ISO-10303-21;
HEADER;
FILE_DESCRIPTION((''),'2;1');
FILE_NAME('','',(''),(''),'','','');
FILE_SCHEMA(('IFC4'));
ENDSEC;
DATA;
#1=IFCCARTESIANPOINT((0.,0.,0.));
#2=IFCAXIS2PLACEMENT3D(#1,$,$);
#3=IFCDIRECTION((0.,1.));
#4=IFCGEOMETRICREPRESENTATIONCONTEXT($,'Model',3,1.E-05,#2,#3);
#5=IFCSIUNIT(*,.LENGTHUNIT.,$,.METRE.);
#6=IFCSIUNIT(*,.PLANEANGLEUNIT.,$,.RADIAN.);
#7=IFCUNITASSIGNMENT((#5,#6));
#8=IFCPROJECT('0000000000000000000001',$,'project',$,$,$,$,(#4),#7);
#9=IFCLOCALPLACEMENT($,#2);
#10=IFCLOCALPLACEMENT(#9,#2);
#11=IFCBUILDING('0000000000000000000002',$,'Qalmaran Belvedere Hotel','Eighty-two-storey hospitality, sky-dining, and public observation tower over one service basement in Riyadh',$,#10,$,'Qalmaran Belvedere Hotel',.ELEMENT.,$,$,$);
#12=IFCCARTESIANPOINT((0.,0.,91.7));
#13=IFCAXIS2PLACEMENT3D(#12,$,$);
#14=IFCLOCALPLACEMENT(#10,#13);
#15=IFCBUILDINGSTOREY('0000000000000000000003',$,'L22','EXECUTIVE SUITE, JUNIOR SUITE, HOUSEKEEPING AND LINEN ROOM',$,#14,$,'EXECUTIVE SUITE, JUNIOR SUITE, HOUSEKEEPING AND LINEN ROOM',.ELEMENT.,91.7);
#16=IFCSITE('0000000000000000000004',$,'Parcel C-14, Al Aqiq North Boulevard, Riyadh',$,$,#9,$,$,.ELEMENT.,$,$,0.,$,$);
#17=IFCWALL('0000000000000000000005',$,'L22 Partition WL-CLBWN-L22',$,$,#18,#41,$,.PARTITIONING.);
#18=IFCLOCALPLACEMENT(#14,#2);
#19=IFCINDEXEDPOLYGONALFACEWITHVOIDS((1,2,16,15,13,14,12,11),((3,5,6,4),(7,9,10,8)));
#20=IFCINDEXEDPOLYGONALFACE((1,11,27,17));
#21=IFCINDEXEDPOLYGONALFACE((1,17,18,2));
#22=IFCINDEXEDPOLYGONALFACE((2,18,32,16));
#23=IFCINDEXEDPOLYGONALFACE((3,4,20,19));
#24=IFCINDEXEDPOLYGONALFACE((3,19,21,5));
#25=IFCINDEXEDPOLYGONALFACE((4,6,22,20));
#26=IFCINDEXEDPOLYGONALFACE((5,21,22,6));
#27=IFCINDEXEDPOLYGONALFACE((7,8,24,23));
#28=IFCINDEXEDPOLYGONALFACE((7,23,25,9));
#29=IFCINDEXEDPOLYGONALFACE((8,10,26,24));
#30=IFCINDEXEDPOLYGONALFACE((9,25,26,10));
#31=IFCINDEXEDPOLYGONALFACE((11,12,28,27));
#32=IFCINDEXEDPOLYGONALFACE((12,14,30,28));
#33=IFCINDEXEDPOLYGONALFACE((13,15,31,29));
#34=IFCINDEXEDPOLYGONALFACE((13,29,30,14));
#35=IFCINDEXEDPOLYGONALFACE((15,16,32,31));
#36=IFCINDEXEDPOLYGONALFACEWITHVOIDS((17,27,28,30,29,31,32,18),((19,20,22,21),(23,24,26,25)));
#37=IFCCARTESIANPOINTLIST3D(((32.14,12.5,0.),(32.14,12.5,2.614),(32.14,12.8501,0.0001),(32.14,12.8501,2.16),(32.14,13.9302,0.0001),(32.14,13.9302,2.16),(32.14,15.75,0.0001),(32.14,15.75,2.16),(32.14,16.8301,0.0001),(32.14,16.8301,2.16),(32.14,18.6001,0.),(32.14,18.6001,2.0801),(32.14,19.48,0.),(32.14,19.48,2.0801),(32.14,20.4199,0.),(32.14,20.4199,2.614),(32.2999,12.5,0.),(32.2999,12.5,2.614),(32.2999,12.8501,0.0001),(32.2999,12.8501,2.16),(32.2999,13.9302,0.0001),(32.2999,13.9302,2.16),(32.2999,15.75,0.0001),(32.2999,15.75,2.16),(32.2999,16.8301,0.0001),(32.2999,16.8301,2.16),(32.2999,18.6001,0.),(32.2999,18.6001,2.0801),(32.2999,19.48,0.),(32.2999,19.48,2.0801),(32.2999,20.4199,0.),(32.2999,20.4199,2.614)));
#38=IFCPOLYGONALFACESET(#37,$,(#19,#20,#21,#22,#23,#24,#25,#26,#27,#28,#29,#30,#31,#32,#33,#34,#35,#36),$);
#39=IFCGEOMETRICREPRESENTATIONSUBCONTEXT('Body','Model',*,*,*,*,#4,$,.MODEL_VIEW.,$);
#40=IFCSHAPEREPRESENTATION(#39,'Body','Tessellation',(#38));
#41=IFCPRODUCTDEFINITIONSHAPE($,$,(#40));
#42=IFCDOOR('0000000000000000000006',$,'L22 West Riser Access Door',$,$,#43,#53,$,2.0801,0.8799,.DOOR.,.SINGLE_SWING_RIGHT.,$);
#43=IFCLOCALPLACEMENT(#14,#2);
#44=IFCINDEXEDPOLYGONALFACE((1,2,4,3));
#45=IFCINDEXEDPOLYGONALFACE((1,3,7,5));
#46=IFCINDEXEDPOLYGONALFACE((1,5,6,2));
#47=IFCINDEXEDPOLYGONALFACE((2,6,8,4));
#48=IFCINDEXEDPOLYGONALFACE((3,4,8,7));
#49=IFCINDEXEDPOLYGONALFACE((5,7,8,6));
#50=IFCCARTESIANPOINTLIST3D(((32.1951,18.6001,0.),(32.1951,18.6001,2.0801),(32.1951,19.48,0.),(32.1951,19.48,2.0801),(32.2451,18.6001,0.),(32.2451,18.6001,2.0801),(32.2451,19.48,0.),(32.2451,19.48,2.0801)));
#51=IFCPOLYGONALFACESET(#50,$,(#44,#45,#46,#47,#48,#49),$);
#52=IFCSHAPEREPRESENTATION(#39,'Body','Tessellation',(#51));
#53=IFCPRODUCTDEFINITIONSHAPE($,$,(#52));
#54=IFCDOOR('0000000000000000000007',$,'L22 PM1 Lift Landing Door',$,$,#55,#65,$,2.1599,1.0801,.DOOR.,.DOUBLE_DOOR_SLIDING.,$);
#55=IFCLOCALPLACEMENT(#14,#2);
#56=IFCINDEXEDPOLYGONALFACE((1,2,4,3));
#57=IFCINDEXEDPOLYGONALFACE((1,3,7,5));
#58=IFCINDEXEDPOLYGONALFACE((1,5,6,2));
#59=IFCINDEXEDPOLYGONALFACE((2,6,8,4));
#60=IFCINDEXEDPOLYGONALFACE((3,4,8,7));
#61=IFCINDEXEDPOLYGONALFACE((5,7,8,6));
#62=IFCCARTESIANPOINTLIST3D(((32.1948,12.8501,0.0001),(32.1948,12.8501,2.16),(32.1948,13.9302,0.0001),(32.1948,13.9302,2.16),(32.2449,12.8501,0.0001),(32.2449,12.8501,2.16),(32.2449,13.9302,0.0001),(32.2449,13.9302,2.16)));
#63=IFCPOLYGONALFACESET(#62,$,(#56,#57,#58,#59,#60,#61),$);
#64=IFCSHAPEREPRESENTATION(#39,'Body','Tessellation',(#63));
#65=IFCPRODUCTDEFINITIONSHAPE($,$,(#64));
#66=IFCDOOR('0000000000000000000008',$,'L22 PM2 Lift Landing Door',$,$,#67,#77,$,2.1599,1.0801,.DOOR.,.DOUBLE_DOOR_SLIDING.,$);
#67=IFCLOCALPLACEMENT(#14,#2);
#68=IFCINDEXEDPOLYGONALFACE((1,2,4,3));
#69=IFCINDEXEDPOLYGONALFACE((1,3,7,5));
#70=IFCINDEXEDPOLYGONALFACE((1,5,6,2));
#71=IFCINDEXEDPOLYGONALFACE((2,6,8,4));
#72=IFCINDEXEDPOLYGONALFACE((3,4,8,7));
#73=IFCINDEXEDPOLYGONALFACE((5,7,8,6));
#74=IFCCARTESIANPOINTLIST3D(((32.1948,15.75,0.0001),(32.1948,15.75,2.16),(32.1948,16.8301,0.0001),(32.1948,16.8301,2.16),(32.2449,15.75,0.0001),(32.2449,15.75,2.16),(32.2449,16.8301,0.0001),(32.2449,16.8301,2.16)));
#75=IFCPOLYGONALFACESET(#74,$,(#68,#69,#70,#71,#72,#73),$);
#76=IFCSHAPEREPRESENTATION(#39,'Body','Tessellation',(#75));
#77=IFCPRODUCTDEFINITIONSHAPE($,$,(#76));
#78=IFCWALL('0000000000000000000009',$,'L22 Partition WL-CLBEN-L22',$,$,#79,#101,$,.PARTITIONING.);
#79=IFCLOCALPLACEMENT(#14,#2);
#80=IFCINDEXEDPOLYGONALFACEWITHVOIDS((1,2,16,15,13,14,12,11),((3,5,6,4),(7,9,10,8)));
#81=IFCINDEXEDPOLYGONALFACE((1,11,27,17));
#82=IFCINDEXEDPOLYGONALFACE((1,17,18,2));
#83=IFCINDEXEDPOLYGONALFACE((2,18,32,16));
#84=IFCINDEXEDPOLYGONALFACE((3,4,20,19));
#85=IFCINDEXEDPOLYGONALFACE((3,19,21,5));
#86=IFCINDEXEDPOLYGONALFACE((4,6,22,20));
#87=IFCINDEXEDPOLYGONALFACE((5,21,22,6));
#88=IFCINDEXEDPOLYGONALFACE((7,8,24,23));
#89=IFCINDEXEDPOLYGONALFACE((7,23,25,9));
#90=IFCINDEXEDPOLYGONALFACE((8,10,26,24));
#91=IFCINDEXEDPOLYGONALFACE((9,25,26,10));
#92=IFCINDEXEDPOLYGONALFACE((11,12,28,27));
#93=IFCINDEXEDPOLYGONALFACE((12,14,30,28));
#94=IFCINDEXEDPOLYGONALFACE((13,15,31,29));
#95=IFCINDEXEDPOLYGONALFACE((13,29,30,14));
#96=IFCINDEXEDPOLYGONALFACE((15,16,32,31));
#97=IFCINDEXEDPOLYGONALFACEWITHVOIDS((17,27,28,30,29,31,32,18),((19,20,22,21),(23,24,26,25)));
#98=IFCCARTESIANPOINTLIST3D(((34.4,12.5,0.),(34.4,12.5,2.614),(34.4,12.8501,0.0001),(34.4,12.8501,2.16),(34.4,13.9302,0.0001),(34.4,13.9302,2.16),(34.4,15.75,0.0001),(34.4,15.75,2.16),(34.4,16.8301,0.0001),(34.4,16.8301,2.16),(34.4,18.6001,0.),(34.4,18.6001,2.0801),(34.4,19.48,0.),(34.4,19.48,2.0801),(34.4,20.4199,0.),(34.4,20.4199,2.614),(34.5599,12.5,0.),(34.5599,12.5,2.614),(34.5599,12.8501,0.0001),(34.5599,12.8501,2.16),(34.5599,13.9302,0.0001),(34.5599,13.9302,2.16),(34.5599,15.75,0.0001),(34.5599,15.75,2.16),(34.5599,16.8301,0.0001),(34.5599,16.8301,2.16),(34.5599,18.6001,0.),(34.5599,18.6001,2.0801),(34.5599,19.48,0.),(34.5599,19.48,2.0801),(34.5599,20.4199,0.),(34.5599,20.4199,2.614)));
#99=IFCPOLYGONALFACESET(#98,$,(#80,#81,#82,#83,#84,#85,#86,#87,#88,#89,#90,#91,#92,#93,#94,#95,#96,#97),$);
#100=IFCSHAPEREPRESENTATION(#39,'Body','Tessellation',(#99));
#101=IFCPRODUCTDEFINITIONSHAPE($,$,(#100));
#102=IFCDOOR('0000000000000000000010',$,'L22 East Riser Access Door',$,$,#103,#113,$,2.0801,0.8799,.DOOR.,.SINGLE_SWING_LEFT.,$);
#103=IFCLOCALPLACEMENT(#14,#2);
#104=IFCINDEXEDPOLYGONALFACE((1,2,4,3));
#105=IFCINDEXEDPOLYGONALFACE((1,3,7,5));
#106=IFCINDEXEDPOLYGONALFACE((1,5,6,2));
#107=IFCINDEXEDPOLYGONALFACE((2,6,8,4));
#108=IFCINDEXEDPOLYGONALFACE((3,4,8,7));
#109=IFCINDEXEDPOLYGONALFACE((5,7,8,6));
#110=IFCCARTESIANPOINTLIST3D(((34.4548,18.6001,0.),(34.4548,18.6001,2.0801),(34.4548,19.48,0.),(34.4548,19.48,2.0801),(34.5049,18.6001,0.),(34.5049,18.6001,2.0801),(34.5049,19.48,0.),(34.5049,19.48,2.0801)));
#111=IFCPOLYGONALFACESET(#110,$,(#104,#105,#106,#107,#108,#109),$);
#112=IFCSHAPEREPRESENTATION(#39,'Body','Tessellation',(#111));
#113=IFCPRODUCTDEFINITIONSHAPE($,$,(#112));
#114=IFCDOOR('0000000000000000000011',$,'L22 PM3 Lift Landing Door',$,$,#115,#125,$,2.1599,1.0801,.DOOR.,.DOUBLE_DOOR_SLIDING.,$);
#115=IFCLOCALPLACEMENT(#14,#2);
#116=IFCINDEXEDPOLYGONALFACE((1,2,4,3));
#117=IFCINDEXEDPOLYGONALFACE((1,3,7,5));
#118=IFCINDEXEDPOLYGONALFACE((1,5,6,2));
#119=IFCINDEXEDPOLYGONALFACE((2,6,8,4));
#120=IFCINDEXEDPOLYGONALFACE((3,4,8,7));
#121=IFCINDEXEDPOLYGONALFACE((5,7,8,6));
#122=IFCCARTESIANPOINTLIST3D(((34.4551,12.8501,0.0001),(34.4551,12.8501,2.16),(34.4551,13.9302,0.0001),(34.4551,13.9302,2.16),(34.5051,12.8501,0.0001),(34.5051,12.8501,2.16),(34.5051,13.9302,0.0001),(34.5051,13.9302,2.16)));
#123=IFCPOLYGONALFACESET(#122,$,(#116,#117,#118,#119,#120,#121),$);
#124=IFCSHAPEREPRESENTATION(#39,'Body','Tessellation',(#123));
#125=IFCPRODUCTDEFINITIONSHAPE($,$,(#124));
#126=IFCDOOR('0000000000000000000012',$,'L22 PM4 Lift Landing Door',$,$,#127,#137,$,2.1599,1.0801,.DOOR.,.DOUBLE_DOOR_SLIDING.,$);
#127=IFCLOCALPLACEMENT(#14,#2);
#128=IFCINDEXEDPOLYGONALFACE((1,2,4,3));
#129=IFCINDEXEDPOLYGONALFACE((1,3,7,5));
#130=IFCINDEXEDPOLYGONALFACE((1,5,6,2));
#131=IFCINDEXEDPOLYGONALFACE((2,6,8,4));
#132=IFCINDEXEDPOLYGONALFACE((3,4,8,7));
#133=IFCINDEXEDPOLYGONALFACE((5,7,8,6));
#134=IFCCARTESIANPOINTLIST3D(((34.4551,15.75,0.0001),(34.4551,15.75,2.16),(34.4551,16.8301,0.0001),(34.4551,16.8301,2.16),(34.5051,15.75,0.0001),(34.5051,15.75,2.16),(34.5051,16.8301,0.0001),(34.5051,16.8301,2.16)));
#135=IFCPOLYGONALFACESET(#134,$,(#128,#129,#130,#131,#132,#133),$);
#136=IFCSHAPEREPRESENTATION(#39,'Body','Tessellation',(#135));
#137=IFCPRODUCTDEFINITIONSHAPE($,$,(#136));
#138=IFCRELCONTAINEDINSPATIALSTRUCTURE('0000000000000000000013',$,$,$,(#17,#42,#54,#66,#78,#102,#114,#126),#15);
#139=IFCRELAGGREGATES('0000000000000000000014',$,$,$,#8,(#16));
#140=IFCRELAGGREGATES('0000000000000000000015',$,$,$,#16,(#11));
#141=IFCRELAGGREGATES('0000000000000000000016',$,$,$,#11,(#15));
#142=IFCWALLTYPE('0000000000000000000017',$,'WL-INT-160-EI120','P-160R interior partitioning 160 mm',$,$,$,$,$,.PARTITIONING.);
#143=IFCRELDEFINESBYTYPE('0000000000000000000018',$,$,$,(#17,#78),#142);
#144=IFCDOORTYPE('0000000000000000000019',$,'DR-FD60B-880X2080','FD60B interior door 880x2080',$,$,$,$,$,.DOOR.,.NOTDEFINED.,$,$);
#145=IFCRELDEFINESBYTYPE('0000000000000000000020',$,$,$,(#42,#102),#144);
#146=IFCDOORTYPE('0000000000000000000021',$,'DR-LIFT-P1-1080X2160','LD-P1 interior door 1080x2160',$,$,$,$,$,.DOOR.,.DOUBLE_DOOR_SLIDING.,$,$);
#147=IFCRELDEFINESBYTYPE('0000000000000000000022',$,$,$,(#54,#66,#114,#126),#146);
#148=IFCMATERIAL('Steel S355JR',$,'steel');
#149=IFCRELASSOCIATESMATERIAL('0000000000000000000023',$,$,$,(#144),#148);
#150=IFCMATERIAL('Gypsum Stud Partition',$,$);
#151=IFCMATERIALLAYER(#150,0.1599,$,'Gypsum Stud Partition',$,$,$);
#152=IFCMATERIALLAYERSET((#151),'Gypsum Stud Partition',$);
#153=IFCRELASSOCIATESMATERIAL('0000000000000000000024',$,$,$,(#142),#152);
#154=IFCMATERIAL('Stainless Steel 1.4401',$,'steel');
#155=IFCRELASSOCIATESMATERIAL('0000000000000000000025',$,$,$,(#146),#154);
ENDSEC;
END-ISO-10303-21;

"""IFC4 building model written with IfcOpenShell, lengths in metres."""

from ifc_helpers import new_model, si_unit, direction, frame, frame_2d, origin, place, context, subcontext, project, spatial, rectangle, extrude, material, layer, layer_set, type_object, element, fill, save


model = new_model("IFC4")

# Units and contexts
model_context = context("Model", 3, precision=1e-05, world=origin(), true_north=direction((0.0, 1.0)))
body_context = subcontext(model_context, "Body", "Model", "MODEL_VIEW")
ifc_project = project(units=[si_unit("LENGTHUNIT", "METRE"), si_unit("PLANEANGLEUNIT", "RADIAN")], contexts=[model_context])

# Site, building, storey
site_placement = place(None, origin())
site = spatial("IfcSite", under=ifc_project, at=site_placement, Name="Parcel C-14, Al Aqiq North Boulevard, Riyadh", CompositionType="ELEMENT", RefElevation=0.0)
building_placement = place(site_placement, origin())
building = spatial("IfcBuilding", under=site, at=building_placement, Name="Qalmaran Belvedere Hotel", Description="Eighty-two-storey hospitality, sky-dining, and public observation tower over one service basement in Riyadh", LongName="Qalmaran Belvedere Hotel", CompositionType="ELEMENT")
storey_placement = place(building_placement, frame((0.0, 0.0, 91.7)))
storey = spatial("IfcBuildingStorey", under=building, at=storey_placement, Name="L22", Description="EXECUTIVE SUITE, JUNIOR SUITE, HOUSEKEEPING AND LINEN ROOM", LongName="EXECUTIVE SUITE, JUNIOR SUITE, HOUSEKEEPING AND LINEN ROOM", CompositionType="ELEMENT", Elevation=91.7)

# Shared definitions
ifc_material_1 = material(Name="Steel S355JR", Category="steel")

# Shared definitions
ifc_material_2 = material(Name="Gypsum Stud Partition")

# Shared definitions
door_type_1 = type_object("IfcDoorType", Name="DR-FD60B-880X2080", Description="FD60B interior door 880x2080", OperationType="NOTDEFINED", PredefinedType="DOOR", material=ifc_material_1)

# Shared definitions
ifc_layer_1 = layer(ifc_material_2, 0.1599, Name="Gypsum Stud Partition")
ifc_layer_set_1 = layer_set([ifc_layer_1], Name="Gypsum Stud Partition")
wall_type_1 = type_object("IfcWallType", Name="WL-INT-160-EI120", Description="P-160R interior partitioning 160 mm", PredefinedType="PARTITIONING", material=ifc_layer_set_1)

# Walls, openings, doors
wall_1_placement = place(storey_placement, frame((32.22, 12.5, 0.0), z_axis=(0.0, 0.0, 1.0), x_axis=(0.0, 1.0, 0.0)))
wall_1 = element("IfcWall", 1, at=wall_1_placement, inside=storey, type_object=wall_type_1, Name="L22 Partition WL-CLBWN-L22", PredefinedType="PARTITIONING", context=body_context, shape_type="SweptSolid", body=[
    extrude(rectangle(XDim=7.9199, YDim=0.1599, at=frame_2d((3.96, 0.0))), origin(), (0.0, 0.0, 1.0), 2.614),
])
opening_1_placement = place(wall_1_placement, frame((1.4302, 0.0, 0.0), z_axis=(0.0, 0.0, 1.0), x_axis=(-1.0, 0.0, 0.0)))
opening_1 = element("IfcOpeningElement", 2, at=opening_1_placement, cuts=wall_1, PredefinedType="OPENING", context=body_context, shape_type="SweptSolid", body=[
    extrude(rectangle(XDim=1.0801, YDim=2.1599, at=frame_2d((0.54, 1.0801))), frame((0.0, 0.0898, 0.0), z_axis=(0.0, -1.0, 0.0), x_axis=(1.0, 0.0, 0.0)), (0.0, 0.0, 1.0), 0.1799),
])
opening_2_placement = place(wall_1_placement, frame((4.3301, 0.0, 0.0), z_axis=(0.0, 0.0, 1.0), x_axis=(-1.0, 0.0, 0.0)))
opening_2 = element("IfcOpeningElement", 3, at=opening_2_placement, cuts=wall_1, PredefinedType="OPENING", context=body_context, shape_type="SweptSolid", body=[
    extrude(rectangle(XDim=1.0801, YDim=2.1599, at=frame_2d((0.54, 1.0801))), frame((0.0, 0.0898, 0.0), z_axis=(0.0, -1.0, 0.0), x_axis=(1.0, 0.0, 0.0)), (0.0, 0.0, 1.0), 0.1799),
])
opening_3_placement = place(wall_1_placement, frame((6.1001, 0.0, 0.0)))
opening_3 = element("IfcOpeningElement", 4, at=opening_3_placement, cuts=wall_1, PredefinedType="OPENING", context=body_context, shape_type="SweptSolid", body=[
    extrude(rectangle(XDim=0.8799, YDim=2.0801, at=frame_2d((0.4399, 1.04))), frame((0.0, 0.0898, 0.0), z_axis=(0.0, -1.0, 0.0), x_axis=(1.0, 0.0, 0.0)), (0.0, 0.0, 1.0), 0.1799),
])
door_1_placement = place(opening_3_placement, origin())
door_1 = element("IfcDoor", 5, at=door_1_placement, inside=storey, type_object=door_type_1, Name="L22 West Riser Access Door", OperationType="SINGLE_SWING_RIGHT", OverallHeight=2.0801, OverallWidth=0.8799, PredefinedType="DOOR", context=body_context, shape_type="SweptSolid", body=[
    extrude(rectangle(XDim=0.8799, YDim=2.0801, at=frame_2d((0.4399, 1.04))), frame((0.0, 0.0249, 0.0), z_axis=(0.0, -1.0, 0.0), x_axis=(1.0, 0.0, 0.0)), (0.0, 0.0, 1.0), 0.05),
])
fill(opening_3, door_1)
ifc_material_3 = material(Name="Stainless Steel 1.4401", Category="steel")
door_type_2 = type_object("IfcDoorType", Name="DR-LIFT-P1-1080X2160", Description="LD-P1 interior door 1080x2160", OperationType="DOUBLE_DOOR_SLIDING", PredefinedType="DOOR", material=ifc_material_3)
door_2_placement = place(opening_1_placement, origin())
door_2 = element("IfcDoor", 6, at=door_2_placement, inside=storey, type_object=door_type_2, Name="L22 PM1 Lift Landing Door", OperationType="DOUBLE_DOOR_SLIDING", OverallHeight=2.1599, OverallWidth=1.0801, PredefinedType="DOOR", context=body_context, shape_type="SweptSolid", body=[
    extrude(rectangle(XDim=1.0801, YDim=2.1599, at=frame_2d((0.54, 1.0801))), frame((0.0, 0.0249, 0.0), z_axis=(0.0, -1.0, 0.0), x_axis=(1.0, 0.0, 0.0)), (0.0, 0.0, 1.0), 0.05),
])
fill(opening_1, door_2)
door_3_placement = place(opening_2_placement, origin())
door_3 = element("IfcDoor", 7, at=door_3_placement, inside=storey, type_object=door_type_2, Name="L22 PM2 Lift Landing Door", OperationType="DOUBLE_DOOR_SLIDING", OverallHeight=2.1599, OverallWidth=1.0801, PredefinedType="DOOR", context=body_context, shape_type="SweptSolid", body=[
    extrude(rectangle(XDim=1.0801, YDim=2.1599, at=frame_2d((0.54, 1.0801))), frame((0.0, 0.0249, 0.0), z_axis=(0.0, -1.0, 0.0), x_axis=(1.0, 0.0, 0.0)), (0.0, 0.0, 1.0), 0.05),
])
fill(opening_2, door_3)
wall_2_placement = place(storey_placement, frame((34.48, 12.5, 0.0), z_axis=(0.0, 0.0, 1.0), x_axis=(0.0, 1.0, 0.0)))
wall_2 = element("IfcWall", 8, at=wall_2_placement, inside=storey, type_object=wall_type_1, Name="L22 Partition WL-CLBEN-L22", PredefinedType="PARTITIONING", context=body_context, shape_type="SweptSolid", body=[
    extrude(rectangle(XDim=7.9199, YDim=0.1599, at=frame_2d((3.96, 0.0))), origin(), (0.0, 0.0, 1.0), 2.614),
])
opening_4_placement = place(wall_2_placement, frame((0.3501, 0.0, 0.0)))
opening_4 = element("IfcOpeningElement", 9, at=opening_4_placement, cuts=wall_2, PredefinedType="OPENING", context=body_context, shape_type="SweptSolid", body=[
    extrude(rectangle(XDim=1.0801, YDim=2.1599, at=frame_2d((0.54, 1.0801))), frame((0.0, 0.0898, 0.0), z_axis=(0.0, -1.0, 0.0), x_axis=(1.0, 0.0, 0.0)), (0.0, 0.0, 1.0), 0.1799),
])
opening_5_placement = place(wall_2_placement, frame((3.25, 0.0, 0.0)))
opening_5 = element("IfcOpeningElement", 10, at=opening_5_placement, cuts=wall_2, PredefinedType="OPENING", context=body_context, shape_type="SweptSolid", body=[
    extrude(rectangle(XDim=1.0801, YDim=2.1599, at=frame_2d((0.54, 1.0801))), frame((0.0, 0.0898, 0.0), z_axis=(0.0, -1.0, 0.0), x_axis=(1.0, 0.0, 0.0)), (0.0, 0.0, 1.0), 0.1799),
])
opening_6_placement = place(wall_2_placement, frame((6.98, 0.0, 0.0), z_axis=(0.0, 0.0, 1.0), x_axis=(-1.0, 0.0, 0.0)))
opening_6 = element("IfcOpeningElement", 11, at=opening_6_placement, cuts=wall_2, PredefinedType="OPENING", context=body_context, shape_type="SweptSolid", body=[
    extrude(rectangle(XDim=0.8799, YDim=2.0801, at=frame_2d((0.4399, 1.04))), frame((0.0, 0.0898, 0.0), z_axis=(0.0, -1.0, 0.0), x_axis=(1.0, 0.0, 0.0)), (0.0, 0.0, 1.0), 0.1799),
])
door_4_placement = place(opening_6_placement, origin())
door_4 = element("IfcDoor", 12, at=door_4_placement, inside=storey, type_object=door_type_1, Name="L22 East Riser Access Door", OperationType="SINGLE_SWING_LEFT", OverallHeight=2.0801, OverallWidth=0.8799, PredefinedType="DOOR", context=body_context, shape_type="SweptSolid", body=[
    extrude(rectangle(XDim=0.8799, YDim=2.0801, at=frame_2d((0.4399, 1.04))), frame((0.0, 0.0249, 0.0), z_axis=(0.0, -1.0, 0.0), x_axis=(1.0, 0.0, 0.0)), (0.0, 0.0, 1.0), 0.05),
])
fill(opening_6, door_4)
door_5_placement = place(opening_4_placement, origin())
door_5 = element("IfcDoor", 13, at=door_5_placement, inside=storey, type_object=door_type_2, Name="L22 PM3 Lift Landing Door", OperationType="DOUBLE_DOOR_SLIDING", OverallHeight=2.1599, OverallWidth=1.0801, PredefinedType="DOOR", context=body_context, shape_type="SweptSolid", body=[
    extrude(rectangle(XDim=1.0801, YDim=2.1599, at=frame_2d((0.54, 1.0801))), frame((0.0, 0.0249, 0.0), z_axis=(0.0, -1.0, 0.0), x_axis=(1.0, 0.0, 0.0)), (0.0, 0.0, 1.0), 0.05),
])
fill(opening_4, door_5)
door_6_placement = place(opening_5_placement, origin())
door_6 = element("IfcDoor", 14, at=door_6_placement, inside=storey, type_object=door_type_2, Name="L22 PM4 Lift Landing Door", OperationType="DOUBLE_DOOR_SLIDING", OverallHeight=2.1599, OverallWidth=1.0801, PredefinedType="DOOR", context=body_context, shape_type="SweptSolid", body=[
    extrude(rectangle(XDim=1.0801, YDim=2.1599, at=frame_2d((0.54, 1.0801))), frame((0.0, 0.0249, 0.0), z_axis=(0.0, -1.0, 0.0), x_axis=(1.0, 0.0, 0.0)), (0.0, 0.0, 1.0), 0.05),
])
fill(opening_5, door_6)

save(model, "model.ifc")
